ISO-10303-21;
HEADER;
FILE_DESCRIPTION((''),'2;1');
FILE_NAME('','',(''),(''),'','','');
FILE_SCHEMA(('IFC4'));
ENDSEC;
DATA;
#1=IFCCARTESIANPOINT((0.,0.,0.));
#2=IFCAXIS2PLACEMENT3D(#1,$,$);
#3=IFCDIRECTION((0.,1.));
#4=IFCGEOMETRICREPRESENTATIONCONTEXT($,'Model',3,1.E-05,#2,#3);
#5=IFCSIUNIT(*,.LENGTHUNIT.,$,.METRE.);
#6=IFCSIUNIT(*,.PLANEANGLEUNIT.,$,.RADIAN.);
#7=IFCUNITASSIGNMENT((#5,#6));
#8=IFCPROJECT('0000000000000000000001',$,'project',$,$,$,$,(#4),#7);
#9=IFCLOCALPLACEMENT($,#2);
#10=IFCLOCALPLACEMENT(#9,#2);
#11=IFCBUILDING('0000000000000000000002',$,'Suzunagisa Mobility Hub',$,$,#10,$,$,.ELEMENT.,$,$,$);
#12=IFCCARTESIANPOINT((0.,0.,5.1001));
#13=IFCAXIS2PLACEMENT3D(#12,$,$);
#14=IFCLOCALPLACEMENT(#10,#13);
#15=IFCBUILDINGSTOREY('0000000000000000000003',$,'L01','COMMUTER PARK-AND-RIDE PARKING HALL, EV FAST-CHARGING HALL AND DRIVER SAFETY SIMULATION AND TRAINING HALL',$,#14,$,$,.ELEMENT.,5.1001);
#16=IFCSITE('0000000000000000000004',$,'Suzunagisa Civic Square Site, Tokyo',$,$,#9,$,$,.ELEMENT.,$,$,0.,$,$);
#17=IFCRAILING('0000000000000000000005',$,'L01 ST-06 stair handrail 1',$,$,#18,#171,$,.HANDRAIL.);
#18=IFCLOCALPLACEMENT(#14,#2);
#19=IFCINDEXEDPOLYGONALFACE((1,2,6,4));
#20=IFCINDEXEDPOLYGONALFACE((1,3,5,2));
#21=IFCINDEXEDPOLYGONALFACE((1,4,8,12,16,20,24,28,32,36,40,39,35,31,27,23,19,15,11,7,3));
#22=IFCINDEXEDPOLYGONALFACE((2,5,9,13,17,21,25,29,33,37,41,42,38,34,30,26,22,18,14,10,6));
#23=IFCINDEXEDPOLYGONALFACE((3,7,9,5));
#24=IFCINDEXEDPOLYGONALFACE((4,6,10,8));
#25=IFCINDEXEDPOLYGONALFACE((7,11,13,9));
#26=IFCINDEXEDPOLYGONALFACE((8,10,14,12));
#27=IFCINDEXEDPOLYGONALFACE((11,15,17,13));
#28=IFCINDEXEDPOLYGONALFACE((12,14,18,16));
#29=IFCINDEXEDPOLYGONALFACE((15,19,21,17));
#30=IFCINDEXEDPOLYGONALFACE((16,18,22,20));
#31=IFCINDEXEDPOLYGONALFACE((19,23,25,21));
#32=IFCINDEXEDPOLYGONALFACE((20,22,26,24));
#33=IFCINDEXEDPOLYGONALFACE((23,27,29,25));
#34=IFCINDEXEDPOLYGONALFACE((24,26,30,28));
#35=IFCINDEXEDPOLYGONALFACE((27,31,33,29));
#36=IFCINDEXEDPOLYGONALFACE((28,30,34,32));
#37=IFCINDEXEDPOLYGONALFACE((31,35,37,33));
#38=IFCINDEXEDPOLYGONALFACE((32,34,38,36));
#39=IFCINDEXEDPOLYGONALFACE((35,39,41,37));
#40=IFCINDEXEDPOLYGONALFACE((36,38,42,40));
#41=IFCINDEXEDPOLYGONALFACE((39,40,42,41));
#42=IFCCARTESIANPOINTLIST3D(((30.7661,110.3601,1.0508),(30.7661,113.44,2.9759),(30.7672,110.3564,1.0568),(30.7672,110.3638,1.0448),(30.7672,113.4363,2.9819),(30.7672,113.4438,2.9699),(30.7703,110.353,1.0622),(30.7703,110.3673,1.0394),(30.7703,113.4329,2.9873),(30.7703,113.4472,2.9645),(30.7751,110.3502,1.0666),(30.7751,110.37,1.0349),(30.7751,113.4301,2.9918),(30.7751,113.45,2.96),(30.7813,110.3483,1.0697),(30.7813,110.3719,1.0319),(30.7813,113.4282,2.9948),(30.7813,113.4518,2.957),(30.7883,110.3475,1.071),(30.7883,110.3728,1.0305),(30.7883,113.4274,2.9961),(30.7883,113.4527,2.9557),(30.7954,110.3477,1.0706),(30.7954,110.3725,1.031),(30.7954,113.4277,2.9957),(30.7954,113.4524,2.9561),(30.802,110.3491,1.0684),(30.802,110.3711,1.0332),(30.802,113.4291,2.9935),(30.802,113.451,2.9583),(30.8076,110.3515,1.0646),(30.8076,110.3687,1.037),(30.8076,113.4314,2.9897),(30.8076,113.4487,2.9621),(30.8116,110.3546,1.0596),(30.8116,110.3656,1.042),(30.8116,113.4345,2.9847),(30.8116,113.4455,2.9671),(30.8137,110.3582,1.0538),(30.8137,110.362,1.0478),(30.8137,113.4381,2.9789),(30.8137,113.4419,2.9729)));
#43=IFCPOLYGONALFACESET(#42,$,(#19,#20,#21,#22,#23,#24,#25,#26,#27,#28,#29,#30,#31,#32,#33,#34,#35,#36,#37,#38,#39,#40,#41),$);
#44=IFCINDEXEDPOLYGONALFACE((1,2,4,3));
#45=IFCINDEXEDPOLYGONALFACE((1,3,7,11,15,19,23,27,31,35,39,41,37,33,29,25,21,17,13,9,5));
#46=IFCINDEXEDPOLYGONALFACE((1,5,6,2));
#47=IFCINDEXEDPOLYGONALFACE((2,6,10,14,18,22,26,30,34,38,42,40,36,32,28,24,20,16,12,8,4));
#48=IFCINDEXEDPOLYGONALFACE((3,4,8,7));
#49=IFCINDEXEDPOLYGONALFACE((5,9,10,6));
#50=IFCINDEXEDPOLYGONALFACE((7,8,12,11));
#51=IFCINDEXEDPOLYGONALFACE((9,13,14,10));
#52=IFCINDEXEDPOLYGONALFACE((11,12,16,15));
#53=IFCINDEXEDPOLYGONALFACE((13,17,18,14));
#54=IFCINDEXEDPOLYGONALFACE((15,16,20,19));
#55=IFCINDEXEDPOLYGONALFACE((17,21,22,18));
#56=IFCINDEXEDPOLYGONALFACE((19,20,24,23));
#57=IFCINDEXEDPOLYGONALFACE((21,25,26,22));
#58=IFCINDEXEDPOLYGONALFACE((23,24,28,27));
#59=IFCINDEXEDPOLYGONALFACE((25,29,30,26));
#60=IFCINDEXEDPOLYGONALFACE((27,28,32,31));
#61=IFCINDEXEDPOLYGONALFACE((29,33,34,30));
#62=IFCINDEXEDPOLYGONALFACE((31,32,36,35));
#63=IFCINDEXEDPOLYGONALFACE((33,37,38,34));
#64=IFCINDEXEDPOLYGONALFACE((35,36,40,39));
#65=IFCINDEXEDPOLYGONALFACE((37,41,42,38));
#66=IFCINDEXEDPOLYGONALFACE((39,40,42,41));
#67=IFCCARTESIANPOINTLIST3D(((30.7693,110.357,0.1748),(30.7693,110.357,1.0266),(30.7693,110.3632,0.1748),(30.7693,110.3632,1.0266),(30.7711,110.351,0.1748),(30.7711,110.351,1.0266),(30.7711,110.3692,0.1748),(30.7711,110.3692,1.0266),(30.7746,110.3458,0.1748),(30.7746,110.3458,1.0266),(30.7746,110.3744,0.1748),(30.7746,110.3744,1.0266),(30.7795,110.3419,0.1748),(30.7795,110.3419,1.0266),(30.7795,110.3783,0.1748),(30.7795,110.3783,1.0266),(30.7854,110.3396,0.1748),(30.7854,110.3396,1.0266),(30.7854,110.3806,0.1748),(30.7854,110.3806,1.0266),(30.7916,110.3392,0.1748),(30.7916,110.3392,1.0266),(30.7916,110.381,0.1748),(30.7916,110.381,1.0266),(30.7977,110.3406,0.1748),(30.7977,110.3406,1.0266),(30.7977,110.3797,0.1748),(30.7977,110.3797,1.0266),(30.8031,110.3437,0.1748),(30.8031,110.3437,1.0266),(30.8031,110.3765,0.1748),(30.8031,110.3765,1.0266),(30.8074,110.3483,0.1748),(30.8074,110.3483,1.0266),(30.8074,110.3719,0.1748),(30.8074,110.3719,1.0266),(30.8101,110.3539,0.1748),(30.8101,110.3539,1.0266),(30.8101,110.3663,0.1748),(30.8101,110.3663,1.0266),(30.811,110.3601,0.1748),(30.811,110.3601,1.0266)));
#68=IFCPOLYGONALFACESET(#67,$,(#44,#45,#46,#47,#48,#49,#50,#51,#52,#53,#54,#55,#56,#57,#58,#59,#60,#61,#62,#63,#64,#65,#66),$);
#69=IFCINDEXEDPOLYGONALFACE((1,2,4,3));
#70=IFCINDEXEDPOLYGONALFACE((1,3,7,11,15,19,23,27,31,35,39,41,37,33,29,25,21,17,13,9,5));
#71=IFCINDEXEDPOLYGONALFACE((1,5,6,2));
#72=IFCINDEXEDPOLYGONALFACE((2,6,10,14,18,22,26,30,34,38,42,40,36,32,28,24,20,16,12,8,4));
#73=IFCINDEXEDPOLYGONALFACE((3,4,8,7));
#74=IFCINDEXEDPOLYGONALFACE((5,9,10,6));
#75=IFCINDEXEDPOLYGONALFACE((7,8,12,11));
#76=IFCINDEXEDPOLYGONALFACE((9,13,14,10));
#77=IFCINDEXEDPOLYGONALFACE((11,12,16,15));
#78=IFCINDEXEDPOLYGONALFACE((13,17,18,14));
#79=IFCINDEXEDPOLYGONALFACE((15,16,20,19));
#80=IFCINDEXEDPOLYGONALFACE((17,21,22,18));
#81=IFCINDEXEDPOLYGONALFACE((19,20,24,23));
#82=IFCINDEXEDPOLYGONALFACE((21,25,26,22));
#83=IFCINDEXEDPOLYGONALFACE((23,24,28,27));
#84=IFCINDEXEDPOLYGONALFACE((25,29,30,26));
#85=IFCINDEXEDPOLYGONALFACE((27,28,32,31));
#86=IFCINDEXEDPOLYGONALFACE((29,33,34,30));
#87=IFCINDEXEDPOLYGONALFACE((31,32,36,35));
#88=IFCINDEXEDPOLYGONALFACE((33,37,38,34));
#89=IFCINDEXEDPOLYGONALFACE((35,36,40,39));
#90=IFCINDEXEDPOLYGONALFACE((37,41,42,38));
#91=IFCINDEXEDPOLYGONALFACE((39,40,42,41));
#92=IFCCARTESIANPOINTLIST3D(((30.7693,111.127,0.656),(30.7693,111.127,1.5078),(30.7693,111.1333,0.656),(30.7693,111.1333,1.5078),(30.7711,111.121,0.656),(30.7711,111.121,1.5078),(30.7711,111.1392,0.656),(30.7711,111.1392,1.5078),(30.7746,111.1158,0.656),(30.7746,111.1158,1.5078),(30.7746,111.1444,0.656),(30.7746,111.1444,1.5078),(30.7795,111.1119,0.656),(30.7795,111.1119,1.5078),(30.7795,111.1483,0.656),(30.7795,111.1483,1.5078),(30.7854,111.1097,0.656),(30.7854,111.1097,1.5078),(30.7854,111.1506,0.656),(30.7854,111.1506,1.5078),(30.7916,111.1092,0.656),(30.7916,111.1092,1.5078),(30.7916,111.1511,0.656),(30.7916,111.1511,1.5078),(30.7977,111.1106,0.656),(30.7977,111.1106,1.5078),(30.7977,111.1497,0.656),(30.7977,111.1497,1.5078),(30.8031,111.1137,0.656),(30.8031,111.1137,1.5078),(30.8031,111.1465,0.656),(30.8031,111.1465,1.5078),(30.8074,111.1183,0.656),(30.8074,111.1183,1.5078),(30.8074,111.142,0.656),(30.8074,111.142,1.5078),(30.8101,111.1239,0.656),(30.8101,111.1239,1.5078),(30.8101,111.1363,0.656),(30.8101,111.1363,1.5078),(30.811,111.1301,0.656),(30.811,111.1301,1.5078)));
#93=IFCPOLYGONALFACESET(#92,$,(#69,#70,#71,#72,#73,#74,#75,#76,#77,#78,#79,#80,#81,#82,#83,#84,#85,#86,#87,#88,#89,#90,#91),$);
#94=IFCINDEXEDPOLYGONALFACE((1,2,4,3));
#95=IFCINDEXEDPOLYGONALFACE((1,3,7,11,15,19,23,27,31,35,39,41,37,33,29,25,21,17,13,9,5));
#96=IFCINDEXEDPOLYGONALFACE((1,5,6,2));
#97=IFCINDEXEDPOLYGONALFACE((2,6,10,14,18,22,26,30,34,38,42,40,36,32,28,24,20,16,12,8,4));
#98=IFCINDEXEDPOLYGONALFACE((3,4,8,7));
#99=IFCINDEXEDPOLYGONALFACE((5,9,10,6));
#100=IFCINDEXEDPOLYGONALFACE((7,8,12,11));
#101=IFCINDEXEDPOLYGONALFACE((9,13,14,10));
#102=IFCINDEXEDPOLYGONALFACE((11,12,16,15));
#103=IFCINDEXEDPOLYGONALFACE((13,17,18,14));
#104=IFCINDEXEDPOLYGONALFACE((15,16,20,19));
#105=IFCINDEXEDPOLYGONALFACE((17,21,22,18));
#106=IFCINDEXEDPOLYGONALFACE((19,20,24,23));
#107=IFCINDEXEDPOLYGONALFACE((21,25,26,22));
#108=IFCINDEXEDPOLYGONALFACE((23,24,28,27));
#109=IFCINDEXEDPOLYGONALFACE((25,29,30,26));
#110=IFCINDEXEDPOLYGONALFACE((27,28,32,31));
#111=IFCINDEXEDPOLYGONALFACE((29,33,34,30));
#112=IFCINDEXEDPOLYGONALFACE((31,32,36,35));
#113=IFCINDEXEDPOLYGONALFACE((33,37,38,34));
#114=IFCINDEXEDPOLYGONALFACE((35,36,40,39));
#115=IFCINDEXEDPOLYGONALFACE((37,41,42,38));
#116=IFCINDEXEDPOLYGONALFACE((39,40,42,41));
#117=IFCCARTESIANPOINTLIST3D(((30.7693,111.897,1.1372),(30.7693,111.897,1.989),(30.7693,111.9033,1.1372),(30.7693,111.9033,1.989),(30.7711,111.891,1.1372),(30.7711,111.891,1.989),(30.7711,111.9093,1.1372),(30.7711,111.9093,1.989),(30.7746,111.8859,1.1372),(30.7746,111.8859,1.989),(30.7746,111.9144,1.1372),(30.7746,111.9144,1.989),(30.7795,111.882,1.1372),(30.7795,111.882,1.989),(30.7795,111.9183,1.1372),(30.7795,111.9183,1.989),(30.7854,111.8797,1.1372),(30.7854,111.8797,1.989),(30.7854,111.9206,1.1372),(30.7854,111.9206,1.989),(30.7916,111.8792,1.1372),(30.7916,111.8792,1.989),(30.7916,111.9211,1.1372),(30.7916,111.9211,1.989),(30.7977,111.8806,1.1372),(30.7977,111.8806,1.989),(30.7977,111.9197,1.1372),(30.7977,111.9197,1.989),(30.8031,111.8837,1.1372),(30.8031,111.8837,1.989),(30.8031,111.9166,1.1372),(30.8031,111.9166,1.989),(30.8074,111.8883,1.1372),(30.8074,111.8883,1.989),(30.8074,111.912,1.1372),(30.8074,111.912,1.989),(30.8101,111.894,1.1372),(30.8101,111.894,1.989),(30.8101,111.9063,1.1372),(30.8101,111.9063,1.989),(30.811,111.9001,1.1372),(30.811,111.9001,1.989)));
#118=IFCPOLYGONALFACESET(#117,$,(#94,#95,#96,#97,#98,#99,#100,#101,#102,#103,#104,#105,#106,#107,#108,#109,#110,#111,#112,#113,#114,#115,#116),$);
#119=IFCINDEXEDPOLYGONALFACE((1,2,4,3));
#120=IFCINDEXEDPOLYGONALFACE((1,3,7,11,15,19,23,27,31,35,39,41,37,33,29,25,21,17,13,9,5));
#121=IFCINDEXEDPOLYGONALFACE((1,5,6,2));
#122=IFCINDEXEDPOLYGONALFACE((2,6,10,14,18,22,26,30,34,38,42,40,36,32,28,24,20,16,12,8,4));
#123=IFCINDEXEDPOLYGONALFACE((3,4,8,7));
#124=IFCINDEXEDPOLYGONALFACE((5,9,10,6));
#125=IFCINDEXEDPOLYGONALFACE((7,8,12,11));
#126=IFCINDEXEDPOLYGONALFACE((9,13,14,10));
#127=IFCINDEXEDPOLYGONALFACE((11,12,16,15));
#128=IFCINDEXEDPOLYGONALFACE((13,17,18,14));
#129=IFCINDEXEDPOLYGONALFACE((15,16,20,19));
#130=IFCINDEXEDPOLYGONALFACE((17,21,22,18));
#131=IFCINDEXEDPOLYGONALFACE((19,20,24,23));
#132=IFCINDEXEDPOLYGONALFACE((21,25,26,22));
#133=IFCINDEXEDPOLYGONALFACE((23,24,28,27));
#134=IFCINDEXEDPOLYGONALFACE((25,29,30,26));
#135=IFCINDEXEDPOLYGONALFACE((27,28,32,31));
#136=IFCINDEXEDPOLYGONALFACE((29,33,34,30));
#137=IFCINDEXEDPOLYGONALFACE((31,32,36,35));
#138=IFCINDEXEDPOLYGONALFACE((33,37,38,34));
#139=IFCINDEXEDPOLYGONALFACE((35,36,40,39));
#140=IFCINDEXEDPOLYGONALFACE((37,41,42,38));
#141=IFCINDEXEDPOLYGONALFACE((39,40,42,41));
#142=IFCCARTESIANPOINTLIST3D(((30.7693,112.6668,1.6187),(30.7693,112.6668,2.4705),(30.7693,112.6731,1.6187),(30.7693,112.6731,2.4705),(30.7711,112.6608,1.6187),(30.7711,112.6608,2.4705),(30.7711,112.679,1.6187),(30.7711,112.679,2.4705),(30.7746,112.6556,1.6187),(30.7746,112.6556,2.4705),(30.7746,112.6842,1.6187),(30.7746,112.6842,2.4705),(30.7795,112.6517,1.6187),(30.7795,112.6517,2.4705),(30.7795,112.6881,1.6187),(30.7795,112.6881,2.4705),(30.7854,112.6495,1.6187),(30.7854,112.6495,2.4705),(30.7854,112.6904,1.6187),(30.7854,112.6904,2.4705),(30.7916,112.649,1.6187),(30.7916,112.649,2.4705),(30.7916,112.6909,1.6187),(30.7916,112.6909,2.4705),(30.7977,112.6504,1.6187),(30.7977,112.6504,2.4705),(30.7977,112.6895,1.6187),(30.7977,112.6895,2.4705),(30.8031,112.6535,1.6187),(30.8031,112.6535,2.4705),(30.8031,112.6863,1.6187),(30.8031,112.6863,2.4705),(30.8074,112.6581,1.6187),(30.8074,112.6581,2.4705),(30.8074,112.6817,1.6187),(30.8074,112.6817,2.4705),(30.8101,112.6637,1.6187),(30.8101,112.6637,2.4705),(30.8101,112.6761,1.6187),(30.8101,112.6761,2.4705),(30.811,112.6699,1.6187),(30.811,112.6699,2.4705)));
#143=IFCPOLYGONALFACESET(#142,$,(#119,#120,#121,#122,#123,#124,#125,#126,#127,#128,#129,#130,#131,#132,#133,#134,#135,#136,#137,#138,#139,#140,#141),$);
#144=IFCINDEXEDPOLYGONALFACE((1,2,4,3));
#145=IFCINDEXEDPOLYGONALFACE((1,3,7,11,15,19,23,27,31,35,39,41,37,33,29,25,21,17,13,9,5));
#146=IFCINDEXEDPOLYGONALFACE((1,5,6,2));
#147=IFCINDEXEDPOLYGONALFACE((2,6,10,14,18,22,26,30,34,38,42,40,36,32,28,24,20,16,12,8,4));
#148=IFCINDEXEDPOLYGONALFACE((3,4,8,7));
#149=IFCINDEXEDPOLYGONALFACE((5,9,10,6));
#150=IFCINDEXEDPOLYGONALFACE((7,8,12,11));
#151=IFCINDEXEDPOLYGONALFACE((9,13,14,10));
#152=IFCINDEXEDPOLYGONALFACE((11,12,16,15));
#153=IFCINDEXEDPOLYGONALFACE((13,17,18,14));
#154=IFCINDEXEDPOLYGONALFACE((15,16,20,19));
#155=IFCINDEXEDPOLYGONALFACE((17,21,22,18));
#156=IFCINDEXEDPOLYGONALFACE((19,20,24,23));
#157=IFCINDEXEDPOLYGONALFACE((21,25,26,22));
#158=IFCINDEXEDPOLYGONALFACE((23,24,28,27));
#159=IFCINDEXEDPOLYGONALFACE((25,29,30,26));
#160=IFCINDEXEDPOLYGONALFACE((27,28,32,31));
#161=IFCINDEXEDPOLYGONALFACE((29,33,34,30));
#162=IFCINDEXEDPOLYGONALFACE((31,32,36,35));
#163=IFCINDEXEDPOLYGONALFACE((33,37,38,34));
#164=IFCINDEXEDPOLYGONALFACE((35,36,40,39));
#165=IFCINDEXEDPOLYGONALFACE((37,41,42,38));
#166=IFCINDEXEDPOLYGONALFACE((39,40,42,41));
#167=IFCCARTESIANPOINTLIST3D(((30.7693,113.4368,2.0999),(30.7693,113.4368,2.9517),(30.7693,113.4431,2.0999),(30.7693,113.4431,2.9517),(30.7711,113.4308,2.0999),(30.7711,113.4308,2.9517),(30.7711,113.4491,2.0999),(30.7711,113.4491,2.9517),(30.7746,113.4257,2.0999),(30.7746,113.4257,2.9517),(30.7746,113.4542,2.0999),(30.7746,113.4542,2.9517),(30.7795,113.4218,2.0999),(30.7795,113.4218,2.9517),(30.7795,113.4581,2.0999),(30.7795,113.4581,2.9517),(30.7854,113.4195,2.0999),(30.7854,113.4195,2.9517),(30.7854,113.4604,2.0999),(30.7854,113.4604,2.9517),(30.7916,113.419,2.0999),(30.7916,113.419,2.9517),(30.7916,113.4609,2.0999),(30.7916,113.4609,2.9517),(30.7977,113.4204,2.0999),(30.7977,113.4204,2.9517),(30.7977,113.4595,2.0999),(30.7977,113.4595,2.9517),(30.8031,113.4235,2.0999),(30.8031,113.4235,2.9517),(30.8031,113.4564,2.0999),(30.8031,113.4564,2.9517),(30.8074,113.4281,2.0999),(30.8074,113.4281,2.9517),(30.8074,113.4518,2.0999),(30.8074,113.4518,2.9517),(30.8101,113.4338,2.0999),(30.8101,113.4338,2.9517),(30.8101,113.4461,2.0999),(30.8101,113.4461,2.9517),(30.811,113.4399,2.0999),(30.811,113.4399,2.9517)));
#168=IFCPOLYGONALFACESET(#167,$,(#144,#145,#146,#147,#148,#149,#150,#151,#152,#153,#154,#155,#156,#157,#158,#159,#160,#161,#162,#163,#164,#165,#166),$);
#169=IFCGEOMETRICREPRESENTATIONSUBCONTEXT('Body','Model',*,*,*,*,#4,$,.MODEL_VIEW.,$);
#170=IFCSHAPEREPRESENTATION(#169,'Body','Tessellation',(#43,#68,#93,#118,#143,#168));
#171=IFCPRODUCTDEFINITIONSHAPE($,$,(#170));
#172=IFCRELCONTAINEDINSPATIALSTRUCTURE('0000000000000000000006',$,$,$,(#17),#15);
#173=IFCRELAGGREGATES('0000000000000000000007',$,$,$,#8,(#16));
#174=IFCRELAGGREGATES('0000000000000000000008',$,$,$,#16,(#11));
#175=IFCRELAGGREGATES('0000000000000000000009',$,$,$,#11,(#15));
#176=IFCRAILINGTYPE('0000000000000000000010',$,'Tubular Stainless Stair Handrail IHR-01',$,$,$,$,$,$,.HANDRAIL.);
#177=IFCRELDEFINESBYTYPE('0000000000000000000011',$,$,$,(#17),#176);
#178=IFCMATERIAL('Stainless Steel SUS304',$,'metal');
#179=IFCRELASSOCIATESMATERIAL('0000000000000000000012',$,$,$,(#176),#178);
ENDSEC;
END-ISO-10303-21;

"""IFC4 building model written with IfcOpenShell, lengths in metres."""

from ifc_helpers import new_model, si_unit, direction, frame, origin, origin_2d, place, context, subcontext, project, spatial, circle, extrude, material, type_object, element, save


model = new_model("IFC4")

# Units and contexts
model_context = context("Model", 3, precision=1e-05, world=origin(), true_north=direction((0.0, 1.0)))
body_context = subcontext(model_context, "Body", "Model", "MODEL_VIEW")
ifc_project = project(units=[si_unit("LENGTHUNIT", "METRE"), si_unit("PLANEANGLEUNIT", "RADIAN")], contexts=[model_context])

# Site, building, storey
site_placement = place(None, origin())
site = spatial("IfcSite", under=ifc_project, at=site_placement, Name="Suzunagisa Civic Square Site, Tokyo", CompositionType="ELEMENT", RefElevation=0.0)
building_placement = place(site_placement, origin())
building = spatial("IfcBuilding", under=site, at=building_placement, Name="Suzunagisa Mobility Hub", CompositionType="ELEMENT")
storey_placement = place(building_placement, frame((0.0, 0.0, 5.1001)))
storey = spatial("IfcBuildingStorey", under=building, at=storey_placement, Name="L01", Description="COMMUTER PARK-AND-RIDE PARKING HALL, EV FAST-CHARGING HALL AND DRIVER SAFETY SIMULATION AND TRAINING HALL", CompositionType="ELEMENT", Elevation=5.1001)

# Shared definitions
ifc_material_1 = material(Name="Stainless Steel SUS304", Category="metal")

# Railing
railing_type_1 = type_object("IfcRailingType", Name="Tubular Stainless Stair Handrail IHR-01", PredefinedType="HANDRAIL", material=ifc_material_1)
railing_1_placement = place(storey_placement, frame((30.79, 110.3601, 0.1748)))
element("IfcRailing", 1, at=railing_1_placement, inside=storey, type_object=railing_type_1, Name="L01 ST-06 stair handrail 1", PredefinedType="HANDRAIL", context=body_context, shape_type="SweptSolid", body=[
    extrude(circle(Radius=0.0239, at=origin_2d()), frame((0.0, 0.0, 0.876), z_axis=(0.0, 0.847979, 0.530029), x_axis=(-1.0, 0.0, 0.0)), (0.0, 0.0, 1.0), 3.6321),
    extrude(circle(Radius=0.021, at=origin_2d()), origin(), (0.0, 0.0, 1.0), 0.8518),
    extrude(circle(Radius=0.021, at=origin_2d()), frame((0.0, 0.77, 0.4812)), (0.0, 0.0, 1.0), 0.8518),
    extrude(circle(Radius=0.021, at=origin_2d()), frame((0.0, 1.54, 0.9624)), (0.0, 0.0, 1.0), 0.8518),
    extrude(circle(Radius=0.021, at=origin_2d()), frame((0.0, 2.3098, 1.4438)), (0.0, 0.0, 1.0), 0.8518),
    extrude(circle(Radius=0.021, at=origin_2d()), frame((0.0, 3.0798, 1.925)), (0.0, 0.0, 1.0), 0.8518),
])

save(model, "model.ifc")
